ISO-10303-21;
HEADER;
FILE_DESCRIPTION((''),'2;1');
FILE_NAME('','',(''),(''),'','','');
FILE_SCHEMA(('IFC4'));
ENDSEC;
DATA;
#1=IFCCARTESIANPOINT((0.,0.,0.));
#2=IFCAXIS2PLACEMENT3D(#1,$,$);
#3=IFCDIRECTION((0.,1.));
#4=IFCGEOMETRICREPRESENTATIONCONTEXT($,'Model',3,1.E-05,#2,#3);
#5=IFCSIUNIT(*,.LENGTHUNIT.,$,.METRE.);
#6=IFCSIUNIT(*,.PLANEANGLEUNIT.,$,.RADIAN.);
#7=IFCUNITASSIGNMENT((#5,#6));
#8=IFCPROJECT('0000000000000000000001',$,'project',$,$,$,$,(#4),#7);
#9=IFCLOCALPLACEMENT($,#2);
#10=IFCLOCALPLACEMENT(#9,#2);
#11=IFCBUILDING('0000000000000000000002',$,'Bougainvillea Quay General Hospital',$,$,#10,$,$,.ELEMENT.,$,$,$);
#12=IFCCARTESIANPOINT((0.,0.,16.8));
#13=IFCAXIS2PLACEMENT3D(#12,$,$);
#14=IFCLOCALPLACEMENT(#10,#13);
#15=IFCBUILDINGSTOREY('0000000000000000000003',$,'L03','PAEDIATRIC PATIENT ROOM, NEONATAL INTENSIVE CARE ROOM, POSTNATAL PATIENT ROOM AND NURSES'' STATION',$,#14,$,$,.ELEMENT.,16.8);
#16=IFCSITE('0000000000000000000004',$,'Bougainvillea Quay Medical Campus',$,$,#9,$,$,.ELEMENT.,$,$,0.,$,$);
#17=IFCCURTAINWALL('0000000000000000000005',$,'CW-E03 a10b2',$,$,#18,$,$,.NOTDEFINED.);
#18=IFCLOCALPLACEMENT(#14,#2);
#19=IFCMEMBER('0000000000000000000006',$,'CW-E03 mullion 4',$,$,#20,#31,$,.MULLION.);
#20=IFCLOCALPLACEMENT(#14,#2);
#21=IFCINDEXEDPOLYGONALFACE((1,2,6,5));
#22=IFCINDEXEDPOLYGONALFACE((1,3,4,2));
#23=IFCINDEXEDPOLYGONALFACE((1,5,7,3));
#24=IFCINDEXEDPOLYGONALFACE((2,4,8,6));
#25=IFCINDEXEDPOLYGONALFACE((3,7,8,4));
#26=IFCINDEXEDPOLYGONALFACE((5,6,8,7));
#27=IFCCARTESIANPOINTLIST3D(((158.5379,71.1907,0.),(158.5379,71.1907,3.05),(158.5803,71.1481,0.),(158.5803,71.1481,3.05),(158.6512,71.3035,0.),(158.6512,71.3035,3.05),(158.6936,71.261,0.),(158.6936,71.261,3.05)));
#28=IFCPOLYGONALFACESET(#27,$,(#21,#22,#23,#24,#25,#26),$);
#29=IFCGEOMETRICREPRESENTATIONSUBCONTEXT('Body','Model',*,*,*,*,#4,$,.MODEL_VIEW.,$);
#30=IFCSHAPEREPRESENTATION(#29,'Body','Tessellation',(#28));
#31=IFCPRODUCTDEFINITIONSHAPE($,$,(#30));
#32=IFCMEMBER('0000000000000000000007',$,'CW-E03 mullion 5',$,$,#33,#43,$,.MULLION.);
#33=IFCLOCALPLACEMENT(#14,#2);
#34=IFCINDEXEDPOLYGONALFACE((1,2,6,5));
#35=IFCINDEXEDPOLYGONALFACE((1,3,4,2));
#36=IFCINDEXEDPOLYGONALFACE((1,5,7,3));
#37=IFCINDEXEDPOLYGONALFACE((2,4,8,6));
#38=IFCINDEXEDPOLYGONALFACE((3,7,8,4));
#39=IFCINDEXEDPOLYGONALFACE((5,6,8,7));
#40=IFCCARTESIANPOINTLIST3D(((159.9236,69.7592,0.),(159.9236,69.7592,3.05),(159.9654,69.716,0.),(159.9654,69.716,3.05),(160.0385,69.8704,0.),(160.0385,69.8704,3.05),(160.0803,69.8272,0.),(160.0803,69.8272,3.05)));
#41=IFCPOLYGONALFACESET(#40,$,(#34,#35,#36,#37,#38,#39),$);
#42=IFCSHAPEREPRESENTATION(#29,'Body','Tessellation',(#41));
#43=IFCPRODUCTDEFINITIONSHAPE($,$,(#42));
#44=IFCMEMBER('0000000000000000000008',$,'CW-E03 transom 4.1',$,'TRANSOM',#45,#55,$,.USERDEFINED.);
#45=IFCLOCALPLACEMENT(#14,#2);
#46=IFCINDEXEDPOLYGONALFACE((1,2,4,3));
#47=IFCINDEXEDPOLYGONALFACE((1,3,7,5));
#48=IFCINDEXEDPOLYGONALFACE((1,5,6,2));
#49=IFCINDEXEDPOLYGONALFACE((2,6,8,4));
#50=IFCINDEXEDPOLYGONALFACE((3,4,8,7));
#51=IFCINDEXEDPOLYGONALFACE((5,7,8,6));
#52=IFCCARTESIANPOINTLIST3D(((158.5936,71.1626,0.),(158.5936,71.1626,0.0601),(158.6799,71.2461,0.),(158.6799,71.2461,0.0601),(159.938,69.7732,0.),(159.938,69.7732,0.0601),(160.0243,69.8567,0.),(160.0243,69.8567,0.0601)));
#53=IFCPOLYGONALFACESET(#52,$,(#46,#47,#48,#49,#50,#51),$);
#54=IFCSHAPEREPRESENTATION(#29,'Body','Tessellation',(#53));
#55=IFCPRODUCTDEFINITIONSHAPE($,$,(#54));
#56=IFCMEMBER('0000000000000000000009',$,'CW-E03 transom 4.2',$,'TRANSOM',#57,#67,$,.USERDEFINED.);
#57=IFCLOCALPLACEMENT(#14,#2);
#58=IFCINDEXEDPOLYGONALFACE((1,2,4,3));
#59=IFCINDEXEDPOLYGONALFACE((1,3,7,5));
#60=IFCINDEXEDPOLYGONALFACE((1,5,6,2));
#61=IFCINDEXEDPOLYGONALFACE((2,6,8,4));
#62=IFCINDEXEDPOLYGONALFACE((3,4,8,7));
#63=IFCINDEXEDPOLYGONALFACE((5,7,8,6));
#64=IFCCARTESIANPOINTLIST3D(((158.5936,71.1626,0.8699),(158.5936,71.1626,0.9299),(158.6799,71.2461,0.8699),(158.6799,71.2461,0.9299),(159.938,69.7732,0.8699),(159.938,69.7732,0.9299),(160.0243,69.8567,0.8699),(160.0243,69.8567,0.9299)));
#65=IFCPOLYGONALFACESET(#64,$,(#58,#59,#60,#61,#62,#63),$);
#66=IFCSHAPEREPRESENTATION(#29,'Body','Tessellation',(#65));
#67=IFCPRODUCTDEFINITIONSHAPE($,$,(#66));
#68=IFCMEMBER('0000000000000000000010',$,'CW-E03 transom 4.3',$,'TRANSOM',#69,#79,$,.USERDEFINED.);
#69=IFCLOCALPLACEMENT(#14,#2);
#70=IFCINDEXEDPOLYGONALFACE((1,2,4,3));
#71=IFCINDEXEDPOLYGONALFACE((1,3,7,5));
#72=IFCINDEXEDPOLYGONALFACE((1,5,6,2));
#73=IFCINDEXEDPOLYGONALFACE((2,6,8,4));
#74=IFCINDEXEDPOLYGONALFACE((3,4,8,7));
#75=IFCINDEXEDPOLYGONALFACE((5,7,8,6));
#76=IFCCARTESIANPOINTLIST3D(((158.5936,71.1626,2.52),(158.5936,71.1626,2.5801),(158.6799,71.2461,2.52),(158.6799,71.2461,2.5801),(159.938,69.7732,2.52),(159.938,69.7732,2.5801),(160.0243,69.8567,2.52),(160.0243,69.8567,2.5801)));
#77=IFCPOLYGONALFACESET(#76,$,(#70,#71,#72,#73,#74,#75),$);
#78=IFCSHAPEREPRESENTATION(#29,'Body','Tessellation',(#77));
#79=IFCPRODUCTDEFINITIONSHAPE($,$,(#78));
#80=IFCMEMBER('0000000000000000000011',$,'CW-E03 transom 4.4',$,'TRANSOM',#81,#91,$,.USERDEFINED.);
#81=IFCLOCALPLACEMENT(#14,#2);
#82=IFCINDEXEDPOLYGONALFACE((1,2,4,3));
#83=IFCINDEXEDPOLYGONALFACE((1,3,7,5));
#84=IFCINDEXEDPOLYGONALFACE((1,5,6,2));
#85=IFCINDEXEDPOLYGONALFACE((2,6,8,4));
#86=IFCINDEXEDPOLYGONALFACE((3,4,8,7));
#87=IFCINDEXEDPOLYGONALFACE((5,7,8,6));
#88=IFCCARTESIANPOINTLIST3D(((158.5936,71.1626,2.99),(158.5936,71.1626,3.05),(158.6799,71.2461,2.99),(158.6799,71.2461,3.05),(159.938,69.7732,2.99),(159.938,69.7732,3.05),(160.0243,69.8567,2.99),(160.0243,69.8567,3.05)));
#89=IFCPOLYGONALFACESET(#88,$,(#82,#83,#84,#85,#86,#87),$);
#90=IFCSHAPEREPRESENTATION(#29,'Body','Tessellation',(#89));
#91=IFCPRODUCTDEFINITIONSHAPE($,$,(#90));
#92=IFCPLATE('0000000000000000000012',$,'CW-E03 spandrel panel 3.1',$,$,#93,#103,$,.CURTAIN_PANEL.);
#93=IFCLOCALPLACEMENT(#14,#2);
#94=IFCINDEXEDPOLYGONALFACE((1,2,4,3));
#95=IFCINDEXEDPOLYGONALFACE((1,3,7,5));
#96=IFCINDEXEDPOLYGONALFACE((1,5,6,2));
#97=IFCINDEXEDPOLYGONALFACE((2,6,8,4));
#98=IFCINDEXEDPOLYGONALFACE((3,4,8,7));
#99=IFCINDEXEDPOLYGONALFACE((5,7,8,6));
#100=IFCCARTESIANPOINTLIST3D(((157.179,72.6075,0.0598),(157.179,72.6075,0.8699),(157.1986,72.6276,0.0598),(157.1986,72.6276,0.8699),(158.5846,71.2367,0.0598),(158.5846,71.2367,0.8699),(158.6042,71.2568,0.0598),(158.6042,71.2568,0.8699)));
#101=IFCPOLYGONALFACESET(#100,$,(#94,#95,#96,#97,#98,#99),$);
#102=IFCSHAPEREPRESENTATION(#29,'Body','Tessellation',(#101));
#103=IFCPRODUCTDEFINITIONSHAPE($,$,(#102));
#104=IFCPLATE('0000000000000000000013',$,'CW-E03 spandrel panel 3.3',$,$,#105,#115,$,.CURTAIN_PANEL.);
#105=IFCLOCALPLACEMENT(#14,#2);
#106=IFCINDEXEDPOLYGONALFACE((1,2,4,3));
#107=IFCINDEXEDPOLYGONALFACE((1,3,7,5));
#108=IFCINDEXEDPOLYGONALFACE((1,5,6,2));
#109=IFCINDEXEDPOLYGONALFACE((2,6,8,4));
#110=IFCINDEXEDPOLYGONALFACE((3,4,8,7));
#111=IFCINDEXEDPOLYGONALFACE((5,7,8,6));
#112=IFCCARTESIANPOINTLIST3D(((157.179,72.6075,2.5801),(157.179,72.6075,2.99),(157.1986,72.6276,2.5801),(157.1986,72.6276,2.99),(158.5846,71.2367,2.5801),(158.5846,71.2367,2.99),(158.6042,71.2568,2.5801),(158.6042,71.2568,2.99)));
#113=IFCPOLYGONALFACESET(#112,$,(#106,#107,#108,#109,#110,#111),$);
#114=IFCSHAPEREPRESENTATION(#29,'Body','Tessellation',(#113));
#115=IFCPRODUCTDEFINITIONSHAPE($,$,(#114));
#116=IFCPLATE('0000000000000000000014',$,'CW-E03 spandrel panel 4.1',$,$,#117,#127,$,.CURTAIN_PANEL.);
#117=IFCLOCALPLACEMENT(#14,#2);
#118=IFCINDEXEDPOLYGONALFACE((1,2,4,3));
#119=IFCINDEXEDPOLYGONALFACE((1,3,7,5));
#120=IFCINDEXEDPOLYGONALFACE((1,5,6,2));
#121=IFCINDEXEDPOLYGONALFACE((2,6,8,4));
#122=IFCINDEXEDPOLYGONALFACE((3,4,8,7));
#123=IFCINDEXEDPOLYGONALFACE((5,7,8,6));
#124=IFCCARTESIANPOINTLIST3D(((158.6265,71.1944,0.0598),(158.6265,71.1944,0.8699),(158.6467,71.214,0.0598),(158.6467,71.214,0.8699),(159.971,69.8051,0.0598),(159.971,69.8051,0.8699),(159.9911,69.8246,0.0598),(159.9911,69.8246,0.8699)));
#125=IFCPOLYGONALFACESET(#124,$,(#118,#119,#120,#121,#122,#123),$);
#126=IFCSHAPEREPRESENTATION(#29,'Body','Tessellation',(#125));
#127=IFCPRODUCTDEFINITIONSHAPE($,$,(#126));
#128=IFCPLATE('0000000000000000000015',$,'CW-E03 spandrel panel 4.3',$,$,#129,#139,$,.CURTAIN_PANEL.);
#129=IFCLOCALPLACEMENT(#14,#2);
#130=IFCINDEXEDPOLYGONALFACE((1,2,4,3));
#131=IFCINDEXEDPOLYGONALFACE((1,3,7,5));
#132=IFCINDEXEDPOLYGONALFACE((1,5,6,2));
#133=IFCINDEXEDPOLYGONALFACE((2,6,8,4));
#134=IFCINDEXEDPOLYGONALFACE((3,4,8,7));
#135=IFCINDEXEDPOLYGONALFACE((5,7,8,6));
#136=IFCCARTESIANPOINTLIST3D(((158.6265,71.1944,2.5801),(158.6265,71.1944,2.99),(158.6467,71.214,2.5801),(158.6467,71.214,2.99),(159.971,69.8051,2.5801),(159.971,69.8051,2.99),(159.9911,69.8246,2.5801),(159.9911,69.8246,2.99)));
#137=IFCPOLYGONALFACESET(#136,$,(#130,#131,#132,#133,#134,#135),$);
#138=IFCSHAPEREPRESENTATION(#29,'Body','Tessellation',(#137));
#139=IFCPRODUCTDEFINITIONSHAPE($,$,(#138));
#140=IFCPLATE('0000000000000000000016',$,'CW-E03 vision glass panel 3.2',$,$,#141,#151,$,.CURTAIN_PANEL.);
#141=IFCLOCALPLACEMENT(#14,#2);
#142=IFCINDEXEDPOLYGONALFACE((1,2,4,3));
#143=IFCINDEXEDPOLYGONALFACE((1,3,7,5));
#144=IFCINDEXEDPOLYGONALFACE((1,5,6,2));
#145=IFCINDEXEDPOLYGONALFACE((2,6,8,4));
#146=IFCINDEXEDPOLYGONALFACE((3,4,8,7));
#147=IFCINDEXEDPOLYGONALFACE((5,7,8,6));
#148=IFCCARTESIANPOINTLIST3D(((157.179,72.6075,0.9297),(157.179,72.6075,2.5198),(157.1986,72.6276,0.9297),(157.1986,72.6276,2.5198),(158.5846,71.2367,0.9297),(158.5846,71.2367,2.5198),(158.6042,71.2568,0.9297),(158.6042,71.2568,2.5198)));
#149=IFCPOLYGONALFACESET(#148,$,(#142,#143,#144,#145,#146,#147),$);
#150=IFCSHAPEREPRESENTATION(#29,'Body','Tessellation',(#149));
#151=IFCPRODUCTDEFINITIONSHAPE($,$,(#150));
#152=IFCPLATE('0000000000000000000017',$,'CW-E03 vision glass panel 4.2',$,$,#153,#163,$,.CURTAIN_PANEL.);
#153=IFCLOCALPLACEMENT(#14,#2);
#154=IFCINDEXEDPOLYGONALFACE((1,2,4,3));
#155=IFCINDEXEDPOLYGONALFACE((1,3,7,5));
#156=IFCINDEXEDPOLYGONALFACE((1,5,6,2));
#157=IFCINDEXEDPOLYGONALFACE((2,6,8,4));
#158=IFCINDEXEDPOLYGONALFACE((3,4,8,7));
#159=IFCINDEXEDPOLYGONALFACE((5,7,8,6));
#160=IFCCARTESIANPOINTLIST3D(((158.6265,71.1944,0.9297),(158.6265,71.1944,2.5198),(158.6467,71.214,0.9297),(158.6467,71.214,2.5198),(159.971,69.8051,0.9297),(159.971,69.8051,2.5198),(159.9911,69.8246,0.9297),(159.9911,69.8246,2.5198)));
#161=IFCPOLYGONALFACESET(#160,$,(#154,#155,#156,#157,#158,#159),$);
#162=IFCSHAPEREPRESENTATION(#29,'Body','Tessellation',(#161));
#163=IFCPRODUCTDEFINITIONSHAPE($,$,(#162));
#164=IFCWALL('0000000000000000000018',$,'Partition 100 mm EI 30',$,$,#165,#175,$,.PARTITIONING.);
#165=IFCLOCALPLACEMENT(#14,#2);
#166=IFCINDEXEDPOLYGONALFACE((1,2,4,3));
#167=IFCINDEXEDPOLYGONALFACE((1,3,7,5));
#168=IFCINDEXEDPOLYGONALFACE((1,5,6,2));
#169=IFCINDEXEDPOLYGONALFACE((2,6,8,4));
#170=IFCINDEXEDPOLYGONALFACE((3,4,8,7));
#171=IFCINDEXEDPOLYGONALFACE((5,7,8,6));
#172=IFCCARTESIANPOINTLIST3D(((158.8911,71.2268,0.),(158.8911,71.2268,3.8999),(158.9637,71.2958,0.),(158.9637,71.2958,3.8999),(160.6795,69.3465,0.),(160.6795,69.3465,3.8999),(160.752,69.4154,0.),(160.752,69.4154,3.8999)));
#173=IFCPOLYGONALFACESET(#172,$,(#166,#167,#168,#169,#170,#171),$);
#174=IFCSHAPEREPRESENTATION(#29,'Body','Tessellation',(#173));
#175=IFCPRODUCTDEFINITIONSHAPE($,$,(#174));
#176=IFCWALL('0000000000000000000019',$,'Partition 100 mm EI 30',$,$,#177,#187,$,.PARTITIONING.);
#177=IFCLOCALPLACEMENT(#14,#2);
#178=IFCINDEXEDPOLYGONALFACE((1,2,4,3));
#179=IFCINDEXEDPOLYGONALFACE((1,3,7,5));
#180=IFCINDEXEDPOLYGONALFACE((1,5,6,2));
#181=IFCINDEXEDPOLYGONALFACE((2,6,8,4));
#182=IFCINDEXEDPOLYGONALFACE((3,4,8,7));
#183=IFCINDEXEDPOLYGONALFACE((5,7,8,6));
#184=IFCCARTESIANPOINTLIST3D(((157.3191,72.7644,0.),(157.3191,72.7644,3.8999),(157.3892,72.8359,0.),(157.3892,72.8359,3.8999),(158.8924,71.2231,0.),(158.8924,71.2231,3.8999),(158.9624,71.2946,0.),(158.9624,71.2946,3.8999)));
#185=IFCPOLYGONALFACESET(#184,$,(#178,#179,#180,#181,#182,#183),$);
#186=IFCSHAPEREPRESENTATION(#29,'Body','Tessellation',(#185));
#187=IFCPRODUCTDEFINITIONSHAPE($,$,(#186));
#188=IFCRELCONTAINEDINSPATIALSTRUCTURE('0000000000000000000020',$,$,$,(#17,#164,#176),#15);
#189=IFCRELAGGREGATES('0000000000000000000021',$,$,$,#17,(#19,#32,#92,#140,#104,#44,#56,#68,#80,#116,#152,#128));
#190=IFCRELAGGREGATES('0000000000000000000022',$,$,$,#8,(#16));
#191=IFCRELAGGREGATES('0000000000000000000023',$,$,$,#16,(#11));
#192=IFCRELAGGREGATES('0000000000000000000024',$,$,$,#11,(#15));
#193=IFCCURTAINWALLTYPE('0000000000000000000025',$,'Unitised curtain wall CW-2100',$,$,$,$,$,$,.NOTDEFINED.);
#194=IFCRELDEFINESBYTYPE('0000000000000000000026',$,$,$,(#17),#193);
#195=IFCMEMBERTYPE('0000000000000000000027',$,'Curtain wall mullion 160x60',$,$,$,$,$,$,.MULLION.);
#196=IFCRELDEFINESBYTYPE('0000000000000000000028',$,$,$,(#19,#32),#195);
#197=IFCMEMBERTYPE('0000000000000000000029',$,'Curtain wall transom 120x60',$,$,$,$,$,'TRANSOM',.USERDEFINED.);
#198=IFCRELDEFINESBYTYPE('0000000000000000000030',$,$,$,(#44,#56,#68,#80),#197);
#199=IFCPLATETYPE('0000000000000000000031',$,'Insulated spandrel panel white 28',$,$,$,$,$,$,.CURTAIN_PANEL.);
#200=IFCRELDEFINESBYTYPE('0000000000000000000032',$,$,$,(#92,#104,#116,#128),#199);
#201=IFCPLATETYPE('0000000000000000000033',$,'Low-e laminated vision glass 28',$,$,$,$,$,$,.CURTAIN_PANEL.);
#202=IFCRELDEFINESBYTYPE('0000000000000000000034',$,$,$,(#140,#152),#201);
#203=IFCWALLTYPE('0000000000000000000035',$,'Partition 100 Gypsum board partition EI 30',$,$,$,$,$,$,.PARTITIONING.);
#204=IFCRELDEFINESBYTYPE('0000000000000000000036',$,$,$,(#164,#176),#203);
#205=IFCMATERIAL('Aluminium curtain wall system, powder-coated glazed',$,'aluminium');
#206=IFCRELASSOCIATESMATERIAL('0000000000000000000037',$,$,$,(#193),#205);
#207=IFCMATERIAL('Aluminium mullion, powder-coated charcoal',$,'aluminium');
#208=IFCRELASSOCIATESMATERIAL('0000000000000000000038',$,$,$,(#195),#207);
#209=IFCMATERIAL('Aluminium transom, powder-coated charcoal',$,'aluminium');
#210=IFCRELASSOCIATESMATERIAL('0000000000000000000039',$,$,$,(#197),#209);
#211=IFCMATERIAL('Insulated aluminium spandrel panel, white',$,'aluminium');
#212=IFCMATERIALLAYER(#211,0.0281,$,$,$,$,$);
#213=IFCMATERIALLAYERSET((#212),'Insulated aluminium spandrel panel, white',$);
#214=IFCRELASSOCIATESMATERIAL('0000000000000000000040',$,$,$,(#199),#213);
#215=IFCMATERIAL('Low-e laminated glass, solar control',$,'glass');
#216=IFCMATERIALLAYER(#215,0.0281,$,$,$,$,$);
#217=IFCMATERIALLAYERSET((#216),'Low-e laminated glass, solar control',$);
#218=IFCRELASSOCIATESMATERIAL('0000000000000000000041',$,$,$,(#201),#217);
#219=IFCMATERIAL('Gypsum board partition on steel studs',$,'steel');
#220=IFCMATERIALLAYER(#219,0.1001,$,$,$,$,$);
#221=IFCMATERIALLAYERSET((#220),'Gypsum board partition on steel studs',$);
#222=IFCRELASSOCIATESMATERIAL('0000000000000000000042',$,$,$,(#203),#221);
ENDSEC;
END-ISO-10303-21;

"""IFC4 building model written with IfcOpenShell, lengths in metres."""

from ifc_helpers import new_model, si_unit, direction, frame, frame_2d, origin, origin_2d, place, context, subcontext, project, spatial, rectangle, extrude, material, layer, layer_set, material_profile, profile_set, type_object, element, aggregate, save


model = new_model("IFC4")

# Units and contexts
model_context = context("Model", 3, precision=1e-05, world=origin(), true_north=direction((0.0, 1.0)))
body_context = subcontext(model_context, "Body", "Model", "MODEL_VIEW")
ifc_project = project(units=[si_unit("LENGTHUNIT", "METRE"), si_unit("PLANEANGLEUNIT", "RADIAN")], contexts=[model_context])

# Site, building, storey
site_placement = place(None, origin())
site = spatial("IfcSite", under=ifc_project, at=site_placement, Name="Bougainvillea Quay Medical Campus", CompositionType="ELEMENT", RefElevation=0.0)
building_placement = place(site_placement, origin())
building = spatial("IfcBuilding", under=site, at=building_placement, Name="Bougainvillea Quay General Hospital", CompositionType="ELEMENT")
storey_placement = place(building_placement, frame((0.0, 0.0, 16.8)))
storey = spatial("IfcBuildingStorey", under=building, at=storey_placement, Name="L03", Description="PAEDIATRIC PATIENT ROOM, NEONATAL INTENSIVE CARE ROOM, POSTNATAL PATIENT ROOM AND NURSES' STATION", CompositionType="ELEMENT", Elevation=16.8)

# Curtain wall, members, plates
ifc_material_1 = material(Name="Aluminium curtain wall system, powder-coated glazed", Category="aluminium")
curtain_wall_type = type_object("IfcCurtainWallType", Name="Unitised curtain wall CW-2100", PredefinedType="NOTDEFINED", material=ifc_material_1)
curtain_wall_placement = place(storey_placement, origin())
curtain_wall = element("IfcCurtainWall", 1, at=curtain_wall_placement, inside=storey, type_object=curtain_wall_type, Name="CW-E03 a10b2", PredefinedType="NOTDEFINED")
ifc_material_2 = material(Name="Aluminium mullion, powder-coated charcoal", Category="aluminium")
ifc_material_profile_1 = material_profile(ifc_material_2, rectangle(XDim=0.1599, YDim=0.0601, at=origin_2d()))
ifc_profile_set_1 = profile_set([ifc_material_profile_1], Name="Aluminium mullion, powder-coated charcoal")
member_type_1 = type_object("IfcMemberType", Name="Curtain wall mullion 160x60", PredefinedType="MULLION", material=ifc_profile_set_1)
member_1_placement = place(storey_placement, frame((158.6157, 71.2258, 0.0), z_axis=(0.0, 0.0, 1.0), x_axis=(0.708467, 0.705743, 0.0)))
member_1 = element("IfcMember", 2, at=member_1_placement, type_object=member_type_1, Name="CW-E03 mullion 4", PredefinedType="MULLION", context=body_context, shape_type="SweptSolid", body=[
    extrude(rectangle(XDim=0.1599, YDim=0.0601, at=origin_2d()), origin(), (0.0, 0.0, 1.0), 3.05),
])
member_2_placement = place(storey_placement, frame((160.002, 69.7932, 0.0), z_axis=(0.0, 0.0, 1.0), x_axis=(0.718629, 0.695393, 0.0)))
member_2 = element("IfcMember", 3, at=member_2_placement, type_object=member_type_1, Name="CW-E03 mullion 5", PredefinedType="MULLION", context=body_context, shape_type="SweptSolid", body=[
    extrude(rectangle(XDim=0.1599, YDim=0.0601, at=origin_2d()), origin(), (0.0, 0.0, 1.0), 3.05),
])
ifc_material_3 = material(Name="Aluminium transom, powder-coated charcoal", Category="aluminium")
ifc_material_profile_2 = material_profile(ifc_material_3, rectangle(XDim=0.1201, YDim=0.0601, at=origin_2d()))
ifc_profile_set_2 = profile_set([ifc_material_profile_2], Name="Aluminium transom, powder-coated charcoal")
member_type_2 = type_object("IfcMemberType", Name="Curtain wall transom 120x60", ElementType="TRANSOM", PredefinedType="USERDEFINED", material=ifc_profile_set_2)
member_3_placement = place(storey_placement, frame((158.6367, 71.2043, 0.03), z_axis=(0.695394, -0.718629, 0.0), x_axis=(0.718629, 0.695394, 0.0)))
member_3 = element("IfcMember", 4, at=member_3_placement, type_object=member_type_2, Name="CW-E03 transom 4.1", ObjectType="TRANSOM", PredefinedType="USERDEFINED", context=body_context, shape_type="SweptSolid", body=[
    extrude(rectangle(XDim=0.1201, YDim=0.0601, at=origin_2d()), origin(), (0.0, 0.0, 1.0), 1.9333),
])
member_4_placement = place(storey_placement, frame((158.6367, 71.2043, 0.8999), z_axis=(0.695394, -0.718629, 0.0), x_axis=(0.718629, 0.695394, 0.0)))
member_4 = element("IfcMember", 5, at=member_4_placement, type_object=member_type_2, Name="CW-E03 transom 4.2", ObjectType="TRANSOM", PredefinedType="USERDEFINED", context=body_context, shape_type="SweptSolid", body=[
    extrude(rectangle(XDim=0.1201, YDim=0.0601, at=origin_2d()), origin(), (0.0, 0.0, 1.0), 1.9333),
])
member_5_placement = place(storey_placement, frame((158.6367, 71.2043, 2.55), z_axis=(0.695394, -0.718629, 0.0), x_axis=(0.718629, 0.695394, 0.0)))
member_5 = element("IfcMember", 6, at=member_5_placement, type_object=member_type_2, Name="CW-E03 transom 4.3", ObjectType="TRANSOM", PredefinedType="USERDEFINED", context=body_context, shape_type="SweptSolid", body=[
    extrude(rectangle(XDim=0.1201, YDim=0.0601, at=origin_2d()), origin(), (0.0, 0.0, 1.0), 1.9333),
])
member_6_placement = place(storey_placement, frame((158.6367, 71.2043, 3.02), z_axis=(0.695394, -0.718629, 0.0), x_axis=(0.718629, 0.695394, 0.0)))
member_6 = element("IfcMember", 7, at=member_6_placement, type_object=member_type_2, Name="CW-E03 transom 4.4", ObjectType="TRANSOM", PredefinedType="USERDEFINED", context=body_context, shape_type="SweptSolid", body=[
    extrude(rectangle(XDim=0.1201, YDim=0.0601, at=origin_2d()), origin(), (0.0, 0.0, 1.0), 1.9333),
])
ifc_material_4 = material(Name="Insulated aluminium spandrel panel, white", Category="aluminium")
ifc_layer_1 = layer(ifc_material_4, 0.0281)
ifc_layer_set_1 = layer_set([ifc_layer_1], Name="Insulated aluminium spandrel panel, white")
plate_type_1 = type_object("IfcPlateType", Name="Insulated spandrel panel white 28", PredefinedType="CURTAIN_PANEL", material=ifc_layer_set_1)
plate_1_placement = place(storey_placement, frame((157.8916, 71.9321, 0.0598), z_axis=(0.0, 0.0, 1.0), x_axis=(0.715945, -0.698157, 0.0)))
plate_1 = element("IfcPlate", 8, at=plate_1_placement, type_object=plate_type_1, Name="CW-E03 spandrel panel 3.1", PredefinedType="CURTAIN_PANEL", context=body_context, shape_type="SweptSolid", body=[
    extrude(rectangle(XDim=1.9634, YDim=0.0281, at=origin_2d()), origin(), (0.0, 0.0, 1.0), 0.8101),
])
plate_2_placement = place(storey_placement, frame((157.8916, 71.9321, 2.5801), z_axis=(0.0, 0.0, 1.0), x_axis=(0.715945, -0.698157, 0.0)))
plate_2 = element("IfcPlate", 9, at=plate_2_placement, type_object=plate_type_1, Name="CW-E03 spandrel panel 3.3", PredefinedType="CURTAIN_PANEL", context=body_context, shape_type="SweptSolid", body=[
    extrude(rectangle(XDim=1.9634, YDim=0.0281, at=origin_2d()), origin(), (0.0, 0.0, 1.0), 0.4099),
])
plate_3_placement = place(storey_placement, frame((159.3088, 70.5095, 0.0598), z_axis=(0.0, 0.0, 1.0), x_axis=(0.695393, -0.718629, 0.0)))
plate_3 = element("IfcPlate", 10, at=plate_3_placement, type_object=plate_type_1, Name="CW-E03 spandrel panel 4.1", PredefinedType="CURTAIN_PANEL", context=body_context, shape_type="SweptSolid", body=[
    extrude(rectangle(XDim=1.9333, YDim=0.0281, at=origin_2d()), origin(), (0.0, 0.0, 1.0), 0.8101),
])
plate_4_placement = place(storey_placement, frame((159.3088, 70.5095, 2.5801), z_axis=(0.0, 0.0, 1.0), x_axis=(0.695393, -0.718629, 0.0)))
plate_4 = element("IfcPlate", 11, at=plate_4_placement, type_object=plate_type_1, Name="CW-E03 spandrel panel 4.3", PredefinedType="CURTAIN_PANEL", context=body_context, shape_type="SweptSolid", body=[
    extrude(rectangle(XDim=1.9333, YDim=0.0281, at=origin_2d()), origin(), (0.0, 0.0, 1.0), 0.4099),
])
ifc_material_5 = material(Name="Low-e laminated glass, solar control", Category="glass")
ifc_layer_2 = layer(ifc_material_5, 0.0281)
ifc_layer_set_2 = layer_set([ifc_layer_2], Name="Low-e laminated glass, solar control")
plate_type_2 = type_object("IfcPlateType", Name="Low-e laminated vision glass 28", PredefinedType="CURTAIN_PANEL", material=ifc_layer_set_2)
plate_5_placement = place(storey_placement, frame((157.8916, 71.9321, 0.9297), z_axis=(0.0, 0.0, 1.0), x_axis=(0.715945, -0.698157, 0.0)))
plate_5 = element("IfcPlate", 12, at=plate_5_placement, type_object=plate_type_2, Name="CW-E03 vision glass panel 3.2", PredefinedType="CURTAIN_PANEL", context=body_context, shape_type="SweptSolid", body=[
    extrude(rectangle(XDim=1.9634, YDim=0.0281, at=origin_2d()), origin(), (0.0, 0.0, 1.0), 1.5901),
])
plate_6_placement = place(storey_placement, frame((159.3088, 70.5095, 0.9297), z_axis=(0.0, 0.0, 1.0), x_axis=(0.695393, -0.718629, 0.0)))
plate_6 = element("IfcPlate", 13, at=plate_6_placement, type_object=plate_type_2, Name="CW-E03 vision glass panel 4.2", PredefinedType="CURTAIN_PANEL", context=body_context, shape_type="SweptSolid", body=[
    extrude(rectangle(XDim=1.9333, YDim=0.0281, at=origin_2d()), origin(), (0.0, 0.0, 1.0), 1.5901),
])
aggregate(curtain_wall, [member_1, member_2, plate_1, plate_5, plate_2, member_3, member_4, member_5, member_6, plate_3, plate_6, plate_4])

# Walls
ifc_material_6 = material(Name="Gypsum board partition on steel studs", Category="steel")
ifc_layer_3 = layer(ifc_material_6, 0.1001)
ifc_layer_set_3 = layer_set([ifc_layer_3], Name="Gypsum board partition on steel studs")
wall_type = type_object("IfcWallType", Name="Partition 100 Gypsum board partition EI 30", PredefinedType="PARTITIONING", material=ifc_layer_set_3)
wall_1_placement = place(storey_placement, frame((158.9275, 71.2612, 0.0), z_axis=(0.0, 0.0, 1.0), x_axis=(0.68915, -0.724619, 0.0)))
element("IfcWall", 14, at=wall_1_placement, inside=storey, type_object=wall_type, Name="Partition 100 mm EI 30", PredefinedType="PARTITIONING", context=body_context, shape_type="SweptSolid", body=[
    extrude(rectangle(XDim=2.595, YDim=0.1001, at=frame_2d((1.2974, 0.0))), origin(), (0.0, 0.0, 1.0), 3.8999),
])
wall_2_placement = place(storey_placement, frame((157.3542, 72.8, 0.0), z_axis=(0.0, 0.0, 1.0), x_axis=(0.71433, -0.699809, 0.0)))
element("IfcWall", 15, at=wall_2_placement, inside=storey, type_object=wall_type, Name="Partition 100 mm EI 30", PredefinedType="PARTITIONING", context=body_context, shape_type="SweptSolid", body=[
    extrude(rectangle(XDim=2.2024, YDim=0.1001, at=frame_2d((1.1011, 0.0))), origin(), (0.0, 0.0, 1.0), 3.8999),
])

save(model, "model.ifc")
